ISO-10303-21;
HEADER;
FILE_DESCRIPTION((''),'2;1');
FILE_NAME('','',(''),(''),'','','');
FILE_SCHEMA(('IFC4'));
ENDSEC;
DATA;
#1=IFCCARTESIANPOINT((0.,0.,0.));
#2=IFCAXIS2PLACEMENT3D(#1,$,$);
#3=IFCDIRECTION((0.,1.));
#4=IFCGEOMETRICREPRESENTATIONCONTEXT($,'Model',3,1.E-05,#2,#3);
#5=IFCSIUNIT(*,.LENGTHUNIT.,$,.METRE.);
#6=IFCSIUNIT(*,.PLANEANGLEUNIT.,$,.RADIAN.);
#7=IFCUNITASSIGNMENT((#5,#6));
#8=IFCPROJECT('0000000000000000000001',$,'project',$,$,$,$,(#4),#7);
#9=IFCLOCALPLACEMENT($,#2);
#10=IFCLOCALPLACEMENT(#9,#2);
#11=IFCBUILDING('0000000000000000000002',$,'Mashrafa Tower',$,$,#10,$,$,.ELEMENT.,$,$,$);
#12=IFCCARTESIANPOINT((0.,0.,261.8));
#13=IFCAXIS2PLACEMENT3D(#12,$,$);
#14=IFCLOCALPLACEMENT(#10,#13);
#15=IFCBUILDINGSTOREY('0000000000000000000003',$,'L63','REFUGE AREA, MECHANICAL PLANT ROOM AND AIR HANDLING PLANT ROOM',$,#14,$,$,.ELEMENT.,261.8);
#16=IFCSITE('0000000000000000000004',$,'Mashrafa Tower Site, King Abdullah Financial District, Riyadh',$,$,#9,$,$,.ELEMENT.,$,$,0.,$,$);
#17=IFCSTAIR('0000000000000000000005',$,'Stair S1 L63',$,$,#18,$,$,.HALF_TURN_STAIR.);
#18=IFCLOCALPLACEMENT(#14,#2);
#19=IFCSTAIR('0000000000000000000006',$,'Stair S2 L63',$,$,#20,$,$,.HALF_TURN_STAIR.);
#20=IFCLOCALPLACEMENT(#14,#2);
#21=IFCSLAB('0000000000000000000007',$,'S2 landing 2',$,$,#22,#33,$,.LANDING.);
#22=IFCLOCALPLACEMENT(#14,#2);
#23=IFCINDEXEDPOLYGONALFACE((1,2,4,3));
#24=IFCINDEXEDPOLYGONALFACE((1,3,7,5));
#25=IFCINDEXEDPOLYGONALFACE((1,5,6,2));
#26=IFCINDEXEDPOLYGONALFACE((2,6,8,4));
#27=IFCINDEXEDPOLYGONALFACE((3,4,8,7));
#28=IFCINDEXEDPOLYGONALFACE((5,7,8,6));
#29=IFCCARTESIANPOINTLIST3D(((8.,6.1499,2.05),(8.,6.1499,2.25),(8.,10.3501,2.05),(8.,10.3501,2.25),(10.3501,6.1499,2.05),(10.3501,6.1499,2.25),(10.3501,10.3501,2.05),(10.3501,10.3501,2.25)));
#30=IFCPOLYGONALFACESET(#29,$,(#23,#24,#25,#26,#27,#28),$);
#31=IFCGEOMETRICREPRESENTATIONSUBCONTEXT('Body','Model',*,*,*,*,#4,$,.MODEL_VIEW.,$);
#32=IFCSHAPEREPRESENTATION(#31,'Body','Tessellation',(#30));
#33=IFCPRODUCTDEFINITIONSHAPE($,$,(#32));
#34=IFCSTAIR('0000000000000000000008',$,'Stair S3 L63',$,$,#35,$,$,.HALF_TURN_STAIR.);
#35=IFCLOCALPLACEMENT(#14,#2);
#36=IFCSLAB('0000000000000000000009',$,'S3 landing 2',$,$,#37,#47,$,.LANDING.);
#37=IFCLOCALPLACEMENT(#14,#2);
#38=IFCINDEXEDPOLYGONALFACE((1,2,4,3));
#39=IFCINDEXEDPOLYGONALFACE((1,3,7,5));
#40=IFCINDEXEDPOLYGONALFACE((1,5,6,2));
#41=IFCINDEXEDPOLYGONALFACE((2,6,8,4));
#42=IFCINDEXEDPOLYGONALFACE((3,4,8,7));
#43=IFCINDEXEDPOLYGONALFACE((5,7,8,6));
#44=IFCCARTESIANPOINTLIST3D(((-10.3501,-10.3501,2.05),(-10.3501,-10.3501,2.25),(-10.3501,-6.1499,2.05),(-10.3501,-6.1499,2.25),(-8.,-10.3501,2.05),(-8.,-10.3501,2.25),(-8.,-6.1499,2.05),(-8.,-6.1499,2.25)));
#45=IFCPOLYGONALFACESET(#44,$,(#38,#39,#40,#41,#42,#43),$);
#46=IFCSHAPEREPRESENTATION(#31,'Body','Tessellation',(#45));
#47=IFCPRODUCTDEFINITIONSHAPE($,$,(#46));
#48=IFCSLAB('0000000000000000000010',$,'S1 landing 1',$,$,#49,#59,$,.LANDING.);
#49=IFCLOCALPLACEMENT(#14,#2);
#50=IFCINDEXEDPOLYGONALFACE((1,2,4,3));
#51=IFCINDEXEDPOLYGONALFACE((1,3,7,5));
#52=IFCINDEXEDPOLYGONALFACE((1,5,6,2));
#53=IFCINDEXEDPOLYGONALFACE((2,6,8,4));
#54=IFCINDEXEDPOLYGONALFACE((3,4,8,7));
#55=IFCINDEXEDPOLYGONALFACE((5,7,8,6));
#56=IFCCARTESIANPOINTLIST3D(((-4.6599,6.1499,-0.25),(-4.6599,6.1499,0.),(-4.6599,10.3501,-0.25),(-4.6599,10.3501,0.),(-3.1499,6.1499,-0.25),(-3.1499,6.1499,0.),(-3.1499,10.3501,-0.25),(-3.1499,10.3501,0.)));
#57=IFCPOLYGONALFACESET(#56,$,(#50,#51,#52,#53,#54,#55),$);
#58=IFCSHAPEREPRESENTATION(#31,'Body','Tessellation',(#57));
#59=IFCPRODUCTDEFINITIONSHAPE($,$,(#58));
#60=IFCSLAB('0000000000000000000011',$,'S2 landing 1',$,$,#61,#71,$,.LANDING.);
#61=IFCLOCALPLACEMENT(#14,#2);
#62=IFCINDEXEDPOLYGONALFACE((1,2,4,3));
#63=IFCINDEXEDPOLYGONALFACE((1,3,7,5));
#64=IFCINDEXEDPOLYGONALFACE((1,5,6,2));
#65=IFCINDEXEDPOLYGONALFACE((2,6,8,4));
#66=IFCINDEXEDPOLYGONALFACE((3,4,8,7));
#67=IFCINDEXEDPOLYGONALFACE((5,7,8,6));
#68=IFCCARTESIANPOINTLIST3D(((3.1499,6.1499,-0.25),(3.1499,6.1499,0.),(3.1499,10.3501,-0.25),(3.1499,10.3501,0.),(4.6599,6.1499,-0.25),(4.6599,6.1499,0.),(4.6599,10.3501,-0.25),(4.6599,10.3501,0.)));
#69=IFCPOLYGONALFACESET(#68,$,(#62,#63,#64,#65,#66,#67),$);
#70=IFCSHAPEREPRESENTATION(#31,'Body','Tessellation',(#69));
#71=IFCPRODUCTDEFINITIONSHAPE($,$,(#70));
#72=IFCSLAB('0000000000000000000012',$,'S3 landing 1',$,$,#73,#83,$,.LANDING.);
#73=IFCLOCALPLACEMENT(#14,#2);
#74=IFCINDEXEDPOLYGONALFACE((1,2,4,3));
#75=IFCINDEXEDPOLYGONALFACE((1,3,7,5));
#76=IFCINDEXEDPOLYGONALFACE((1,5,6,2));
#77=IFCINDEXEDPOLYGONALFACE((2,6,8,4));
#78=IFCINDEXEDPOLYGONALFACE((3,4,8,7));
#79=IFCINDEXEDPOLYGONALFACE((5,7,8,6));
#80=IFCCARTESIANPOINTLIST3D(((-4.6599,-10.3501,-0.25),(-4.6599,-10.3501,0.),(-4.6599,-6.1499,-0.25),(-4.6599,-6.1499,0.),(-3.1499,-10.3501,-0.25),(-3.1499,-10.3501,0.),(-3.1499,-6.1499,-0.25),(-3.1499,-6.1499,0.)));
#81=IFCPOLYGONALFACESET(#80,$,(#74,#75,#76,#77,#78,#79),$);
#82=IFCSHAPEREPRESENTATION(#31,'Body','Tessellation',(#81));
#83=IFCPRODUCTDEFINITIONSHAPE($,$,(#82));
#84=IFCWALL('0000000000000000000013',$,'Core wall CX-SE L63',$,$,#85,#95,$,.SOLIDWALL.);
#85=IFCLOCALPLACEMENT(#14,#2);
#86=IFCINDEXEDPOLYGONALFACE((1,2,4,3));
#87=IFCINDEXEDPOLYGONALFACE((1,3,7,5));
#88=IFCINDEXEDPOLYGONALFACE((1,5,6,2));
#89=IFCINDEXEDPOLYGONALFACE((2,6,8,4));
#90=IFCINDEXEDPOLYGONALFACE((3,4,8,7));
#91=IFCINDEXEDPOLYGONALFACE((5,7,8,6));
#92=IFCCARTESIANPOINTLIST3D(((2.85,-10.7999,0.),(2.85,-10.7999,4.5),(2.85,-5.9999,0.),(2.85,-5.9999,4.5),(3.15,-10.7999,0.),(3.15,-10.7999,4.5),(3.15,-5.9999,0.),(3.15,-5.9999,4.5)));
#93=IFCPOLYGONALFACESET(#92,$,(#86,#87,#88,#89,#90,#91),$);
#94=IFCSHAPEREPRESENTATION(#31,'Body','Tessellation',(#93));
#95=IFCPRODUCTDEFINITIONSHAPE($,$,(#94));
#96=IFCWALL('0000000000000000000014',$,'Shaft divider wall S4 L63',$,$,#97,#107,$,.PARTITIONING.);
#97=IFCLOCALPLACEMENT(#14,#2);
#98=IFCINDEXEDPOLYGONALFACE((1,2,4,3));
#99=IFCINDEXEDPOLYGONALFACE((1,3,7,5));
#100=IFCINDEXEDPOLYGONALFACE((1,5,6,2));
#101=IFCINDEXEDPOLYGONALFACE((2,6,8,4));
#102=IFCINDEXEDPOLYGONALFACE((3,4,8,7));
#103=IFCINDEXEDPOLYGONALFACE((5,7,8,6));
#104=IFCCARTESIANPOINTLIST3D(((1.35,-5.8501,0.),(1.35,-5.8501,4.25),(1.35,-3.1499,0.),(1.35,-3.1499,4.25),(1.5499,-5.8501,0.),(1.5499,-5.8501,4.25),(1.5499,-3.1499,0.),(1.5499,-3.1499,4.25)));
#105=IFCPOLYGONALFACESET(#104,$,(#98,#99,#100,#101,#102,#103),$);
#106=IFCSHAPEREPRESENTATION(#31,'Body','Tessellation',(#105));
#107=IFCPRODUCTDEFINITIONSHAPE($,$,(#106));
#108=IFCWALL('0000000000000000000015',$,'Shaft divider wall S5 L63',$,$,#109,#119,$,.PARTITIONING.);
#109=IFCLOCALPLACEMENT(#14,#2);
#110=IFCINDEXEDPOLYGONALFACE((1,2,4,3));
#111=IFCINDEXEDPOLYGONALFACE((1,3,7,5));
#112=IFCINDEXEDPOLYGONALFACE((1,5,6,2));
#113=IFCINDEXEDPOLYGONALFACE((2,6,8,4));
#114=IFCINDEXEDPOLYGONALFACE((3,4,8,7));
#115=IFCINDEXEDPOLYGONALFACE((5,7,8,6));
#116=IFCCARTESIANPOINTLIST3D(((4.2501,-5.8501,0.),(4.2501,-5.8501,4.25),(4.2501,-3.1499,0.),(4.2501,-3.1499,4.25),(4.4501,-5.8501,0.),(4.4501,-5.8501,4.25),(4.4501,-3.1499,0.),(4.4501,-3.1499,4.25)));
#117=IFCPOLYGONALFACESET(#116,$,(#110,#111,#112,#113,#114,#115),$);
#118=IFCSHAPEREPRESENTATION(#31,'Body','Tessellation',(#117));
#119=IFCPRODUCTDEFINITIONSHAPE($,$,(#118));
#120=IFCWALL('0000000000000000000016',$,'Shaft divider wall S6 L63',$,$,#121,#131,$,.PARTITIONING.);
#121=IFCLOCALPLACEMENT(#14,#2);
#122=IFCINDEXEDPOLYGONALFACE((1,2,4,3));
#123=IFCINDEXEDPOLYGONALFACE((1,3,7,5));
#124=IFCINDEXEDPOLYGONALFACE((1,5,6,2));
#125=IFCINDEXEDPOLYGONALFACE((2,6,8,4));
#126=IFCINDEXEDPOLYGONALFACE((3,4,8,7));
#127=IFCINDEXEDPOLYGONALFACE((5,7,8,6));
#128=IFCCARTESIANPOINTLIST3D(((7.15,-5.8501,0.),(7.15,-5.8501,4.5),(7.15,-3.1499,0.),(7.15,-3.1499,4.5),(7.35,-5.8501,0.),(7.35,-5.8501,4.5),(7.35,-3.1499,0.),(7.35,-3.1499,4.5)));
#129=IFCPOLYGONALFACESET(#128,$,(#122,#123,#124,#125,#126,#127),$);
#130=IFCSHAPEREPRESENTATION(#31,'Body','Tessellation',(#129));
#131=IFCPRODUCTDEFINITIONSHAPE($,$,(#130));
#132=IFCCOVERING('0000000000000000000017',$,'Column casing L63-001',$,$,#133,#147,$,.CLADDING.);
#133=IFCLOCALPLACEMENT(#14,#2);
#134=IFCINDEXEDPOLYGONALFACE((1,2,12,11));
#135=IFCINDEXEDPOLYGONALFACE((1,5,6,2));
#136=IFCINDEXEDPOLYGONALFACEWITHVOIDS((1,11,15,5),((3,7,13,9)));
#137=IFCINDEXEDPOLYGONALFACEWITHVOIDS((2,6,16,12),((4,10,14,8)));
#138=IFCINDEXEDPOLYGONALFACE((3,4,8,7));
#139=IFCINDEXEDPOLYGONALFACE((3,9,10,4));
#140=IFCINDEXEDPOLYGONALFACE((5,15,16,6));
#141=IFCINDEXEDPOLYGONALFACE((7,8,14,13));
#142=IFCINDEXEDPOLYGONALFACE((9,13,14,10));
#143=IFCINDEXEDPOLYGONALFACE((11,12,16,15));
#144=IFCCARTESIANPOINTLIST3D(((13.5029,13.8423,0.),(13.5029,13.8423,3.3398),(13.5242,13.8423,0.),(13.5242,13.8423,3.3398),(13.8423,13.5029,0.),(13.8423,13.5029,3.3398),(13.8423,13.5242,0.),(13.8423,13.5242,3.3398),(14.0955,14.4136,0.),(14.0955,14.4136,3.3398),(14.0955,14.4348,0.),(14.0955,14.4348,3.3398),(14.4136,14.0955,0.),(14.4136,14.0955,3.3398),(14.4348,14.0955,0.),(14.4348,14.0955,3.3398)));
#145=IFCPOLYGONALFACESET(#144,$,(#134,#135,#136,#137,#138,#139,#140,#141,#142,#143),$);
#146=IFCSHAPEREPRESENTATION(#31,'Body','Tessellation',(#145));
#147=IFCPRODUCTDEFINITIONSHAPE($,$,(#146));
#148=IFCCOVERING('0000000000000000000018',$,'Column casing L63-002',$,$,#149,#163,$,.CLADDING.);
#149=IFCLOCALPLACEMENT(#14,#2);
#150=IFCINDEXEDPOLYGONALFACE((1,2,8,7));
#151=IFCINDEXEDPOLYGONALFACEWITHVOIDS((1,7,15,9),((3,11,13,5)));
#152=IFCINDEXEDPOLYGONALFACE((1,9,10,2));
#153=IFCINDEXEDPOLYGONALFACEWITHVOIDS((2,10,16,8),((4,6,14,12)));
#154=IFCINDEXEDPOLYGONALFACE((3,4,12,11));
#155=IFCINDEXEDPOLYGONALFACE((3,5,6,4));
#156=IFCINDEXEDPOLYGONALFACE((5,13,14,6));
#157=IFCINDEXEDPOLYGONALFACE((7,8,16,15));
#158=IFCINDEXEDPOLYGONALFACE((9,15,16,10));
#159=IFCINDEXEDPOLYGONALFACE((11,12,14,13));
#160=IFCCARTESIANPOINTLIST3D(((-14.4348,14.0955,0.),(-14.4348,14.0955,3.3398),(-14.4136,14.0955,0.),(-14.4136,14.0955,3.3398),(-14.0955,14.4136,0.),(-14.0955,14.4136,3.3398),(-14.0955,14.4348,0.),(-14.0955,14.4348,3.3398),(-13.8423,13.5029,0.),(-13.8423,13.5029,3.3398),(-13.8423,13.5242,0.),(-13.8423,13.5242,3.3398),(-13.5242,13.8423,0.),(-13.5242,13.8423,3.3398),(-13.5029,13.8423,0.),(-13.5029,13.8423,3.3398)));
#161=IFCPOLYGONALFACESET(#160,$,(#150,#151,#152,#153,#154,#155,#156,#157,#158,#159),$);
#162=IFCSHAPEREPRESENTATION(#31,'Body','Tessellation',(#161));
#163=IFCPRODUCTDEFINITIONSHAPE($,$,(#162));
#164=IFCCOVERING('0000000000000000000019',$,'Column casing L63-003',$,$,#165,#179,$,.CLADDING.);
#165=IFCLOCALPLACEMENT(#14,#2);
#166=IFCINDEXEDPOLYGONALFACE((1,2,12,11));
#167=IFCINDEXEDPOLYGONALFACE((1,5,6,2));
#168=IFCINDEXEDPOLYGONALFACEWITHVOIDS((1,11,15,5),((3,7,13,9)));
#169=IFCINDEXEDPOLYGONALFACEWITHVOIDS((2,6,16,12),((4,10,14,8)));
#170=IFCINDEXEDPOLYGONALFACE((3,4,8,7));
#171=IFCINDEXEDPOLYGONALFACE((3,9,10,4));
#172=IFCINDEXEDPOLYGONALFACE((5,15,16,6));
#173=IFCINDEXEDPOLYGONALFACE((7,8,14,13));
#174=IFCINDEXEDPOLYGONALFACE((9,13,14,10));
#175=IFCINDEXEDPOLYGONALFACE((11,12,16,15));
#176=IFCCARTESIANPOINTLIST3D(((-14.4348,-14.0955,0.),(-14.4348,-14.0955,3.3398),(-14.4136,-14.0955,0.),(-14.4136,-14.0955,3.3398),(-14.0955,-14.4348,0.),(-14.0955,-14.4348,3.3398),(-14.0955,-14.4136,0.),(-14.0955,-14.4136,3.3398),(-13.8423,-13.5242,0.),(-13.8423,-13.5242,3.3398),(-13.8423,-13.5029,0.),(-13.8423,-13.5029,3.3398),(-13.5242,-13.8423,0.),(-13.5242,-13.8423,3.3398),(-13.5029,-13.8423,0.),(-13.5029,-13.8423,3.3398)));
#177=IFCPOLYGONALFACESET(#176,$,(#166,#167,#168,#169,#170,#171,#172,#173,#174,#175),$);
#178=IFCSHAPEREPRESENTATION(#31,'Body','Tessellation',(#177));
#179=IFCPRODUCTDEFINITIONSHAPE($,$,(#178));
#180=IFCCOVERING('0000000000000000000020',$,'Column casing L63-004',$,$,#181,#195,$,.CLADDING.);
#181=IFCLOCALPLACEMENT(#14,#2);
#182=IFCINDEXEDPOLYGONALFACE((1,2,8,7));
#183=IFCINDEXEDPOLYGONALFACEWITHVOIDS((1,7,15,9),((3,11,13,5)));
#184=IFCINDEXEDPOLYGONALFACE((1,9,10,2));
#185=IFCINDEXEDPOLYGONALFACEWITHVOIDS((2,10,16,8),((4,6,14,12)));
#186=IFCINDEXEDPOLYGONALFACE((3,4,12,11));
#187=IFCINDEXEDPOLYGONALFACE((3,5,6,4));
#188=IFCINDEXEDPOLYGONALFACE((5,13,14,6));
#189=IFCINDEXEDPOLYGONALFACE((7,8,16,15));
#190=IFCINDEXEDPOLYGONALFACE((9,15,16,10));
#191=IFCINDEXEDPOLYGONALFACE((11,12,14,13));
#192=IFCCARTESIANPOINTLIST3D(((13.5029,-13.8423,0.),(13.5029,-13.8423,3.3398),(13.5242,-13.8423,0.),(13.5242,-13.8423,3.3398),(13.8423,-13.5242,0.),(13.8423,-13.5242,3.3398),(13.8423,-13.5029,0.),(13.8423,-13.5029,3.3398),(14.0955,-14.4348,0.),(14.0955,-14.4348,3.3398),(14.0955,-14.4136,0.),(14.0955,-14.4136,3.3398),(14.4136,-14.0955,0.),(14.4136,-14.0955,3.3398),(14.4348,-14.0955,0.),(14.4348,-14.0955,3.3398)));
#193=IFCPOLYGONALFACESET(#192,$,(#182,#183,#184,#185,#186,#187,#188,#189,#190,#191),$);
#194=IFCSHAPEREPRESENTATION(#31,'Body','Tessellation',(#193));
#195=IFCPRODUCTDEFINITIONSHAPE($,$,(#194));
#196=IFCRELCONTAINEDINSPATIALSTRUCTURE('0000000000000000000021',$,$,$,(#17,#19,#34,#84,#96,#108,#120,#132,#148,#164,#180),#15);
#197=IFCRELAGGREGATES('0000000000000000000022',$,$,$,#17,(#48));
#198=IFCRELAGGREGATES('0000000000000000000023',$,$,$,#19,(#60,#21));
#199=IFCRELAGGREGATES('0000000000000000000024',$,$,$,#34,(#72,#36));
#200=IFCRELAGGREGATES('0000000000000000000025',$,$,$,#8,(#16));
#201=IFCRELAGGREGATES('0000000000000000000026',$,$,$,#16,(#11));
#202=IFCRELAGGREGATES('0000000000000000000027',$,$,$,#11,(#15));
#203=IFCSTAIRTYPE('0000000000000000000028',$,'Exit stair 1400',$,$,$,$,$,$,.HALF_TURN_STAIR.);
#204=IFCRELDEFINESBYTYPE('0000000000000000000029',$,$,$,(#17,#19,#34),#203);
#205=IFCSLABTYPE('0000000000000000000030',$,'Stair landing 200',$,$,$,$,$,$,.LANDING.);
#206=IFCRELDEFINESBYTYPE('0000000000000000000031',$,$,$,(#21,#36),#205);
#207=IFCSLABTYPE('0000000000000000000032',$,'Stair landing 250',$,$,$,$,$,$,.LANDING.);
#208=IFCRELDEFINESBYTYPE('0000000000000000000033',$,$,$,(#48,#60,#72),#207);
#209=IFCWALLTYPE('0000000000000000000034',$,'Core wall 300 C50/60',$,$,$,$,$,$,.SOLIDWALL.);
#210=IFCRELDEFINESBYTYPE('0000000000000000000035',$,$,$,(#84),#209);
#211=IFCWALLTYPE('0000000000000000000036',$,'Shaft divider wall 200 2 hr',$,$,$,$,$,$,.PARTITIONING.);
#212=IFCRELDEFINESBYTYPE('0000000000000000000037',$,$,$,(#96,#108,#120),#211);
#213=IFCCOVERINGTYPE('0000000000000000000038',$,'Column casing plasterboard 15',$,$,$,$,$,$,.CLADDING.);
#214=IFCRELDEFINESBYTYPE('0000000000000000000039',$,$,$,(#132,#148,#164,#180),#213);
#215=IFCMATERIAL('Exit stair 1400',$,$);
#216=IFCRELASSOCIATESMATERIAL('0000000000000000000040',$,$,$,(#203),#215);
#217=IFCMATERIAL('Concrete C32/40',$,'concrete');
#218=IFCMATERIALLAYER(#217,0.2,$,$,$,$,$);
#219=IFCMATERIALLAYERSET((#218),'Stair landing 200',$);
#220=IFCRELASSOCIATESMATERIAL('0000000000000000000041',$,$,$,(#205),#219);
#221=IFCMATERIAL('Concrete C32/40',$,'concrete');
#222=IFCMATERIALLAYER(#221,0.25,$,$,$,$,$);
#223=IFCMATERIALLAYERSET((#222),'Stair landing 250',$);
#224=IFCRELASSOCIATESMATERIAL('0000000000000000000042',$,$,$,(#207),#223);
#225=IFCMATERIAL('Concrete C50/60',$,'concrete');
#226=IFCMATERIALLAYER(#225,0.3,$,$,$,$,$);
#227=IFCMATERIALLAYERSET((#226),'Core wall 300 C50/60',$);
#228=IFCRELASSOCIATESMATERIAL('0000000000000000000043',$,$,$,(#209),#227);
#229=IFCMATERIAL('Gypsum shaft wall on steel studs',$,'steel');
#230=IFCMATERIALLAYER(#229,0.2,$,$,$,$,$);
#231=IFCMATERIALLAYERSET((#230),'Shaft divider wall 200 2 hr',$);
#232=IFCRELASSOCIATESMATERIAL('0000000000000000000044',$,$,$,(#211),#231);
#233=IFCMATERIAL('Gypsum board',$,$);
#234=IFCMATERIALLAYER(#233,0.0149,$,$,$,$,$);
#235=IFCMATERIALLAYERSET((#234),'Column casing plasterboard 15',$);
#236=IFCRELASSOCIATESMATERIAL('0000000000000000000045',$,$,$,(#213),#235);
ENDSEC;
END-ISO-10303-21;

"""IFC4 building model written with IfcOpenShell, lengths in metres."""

from ifc_helpers import new_model, si_unit, direction, frame, frame_2d, origin, place, context, subcontext, project, spatial, polyline, rectangle, outline, extrude, material, layer, layer_set, type_object, element, aggregate, save


model = new_model("IFC4")

# Units and contexts
model_context = context("Model", 3, precision=1e-05, world=origin(), true_north=direction((0.0, 1.0)))
body_context = subcontext(model_context, "Body", "Model", "MODEL_VIEW")
ifc_project = project(units=[si_unit("LENGTHUNIT", "METRE"), si_unit("PLANEANGLEUNIT", "RADIAN")], contexts=[model_context])

# Site, building, storey
site_placement = place(None, origin())
site = spatial("IfcSite", under=ifc_project, at=site_placement, Name="Mashrafa Tower Site, King Abdullah Financial District, Riyadh", CompositionType="ELEMENT", RefElevation=0.0)
building_placement = place(site_placement, origin())
building = spatial("IfcBuilding", under=site, at=building_placement, Name="Mashrafa Tower", CompositionType="ELEMENT")
storey_placement = place(building_placement, frame((0.0, 0.0, 261.8)))
storey = spatial("IfcBuildingStorey", under=building, at=storey_placement, Name="L63", Description="REFUGE AREA, MECHANICAL PLANT ROOM AND AIR HANDLING PLANT ROOM", CompositionType="ELEMENT", Elevation=261.8)

# Stairs, slabs
ifc_material_1 = material(Name="Exit stair 1400")
stair_type = type_object("IfcStairType", Name="Exit stair 1400", PredefinedType="HALF_TURN_STAIR", material=ifc_material_1)
stair_1_placement = place(storey_placement, origin())
stair_1 = element("IfcStair", 1, at=stair_1_placement, inside=storey, type_object=stair_type, Name="Stair S1 L63", PredefinedType="HALF_TURN_STAIR")
ifc_material_2 = material(Name="Concrete C32/40", Category="concrete")
ifc_layer_1 = layer(ifc_material_2, 0.2)
ifc_layer_set_1 = layer_set([ifc_layer_1], Name="Stair landing 200")
slab_type_1 = type_object("IfcSlabType", Name="Stair landing 200", PredefinedType="LANDING", material=ifc_layer_set_1)
stair_2_placement = place(storey_placement, origin())
stair_2 = element("IfcStair", 2, at=stair_2_placement, inside=storey, type_object=stair_type, Name="Stair S2 L63", PredefinedType="HALF_TURN_STAIR")
slab_1_placement = place(storey_placement, frame((0.0, 0.0, 2.05)))
slab_1 = element("IfcSlab", 3, at=slab_1_placement, type_object=slab_type_1, Name="S2 landing 2", PredefinedType="LANDING", context=body_context, shape_type="SweptSolid", body=[
    extrude(outline(polyline([(8.0, 6.1499), (10.3501, 6.1499), (10.3501, 10.3501), (8.0, 10.3501), (8.0, 6.1499)])), origin(), (0.0, 0.0, 1.0), 0.2),
])
stair_3_placement = place(storey_placement, origin())
stair_3 = element("IfcStair", 4, at=stair_3_placement, inside=storey, type_object=stair_type, Name="Stair S3 L63", PredefinedType="HALF_TURN_STAIR")
slab_2_placement = place(storey_placement, frame((0.0, 0.0, 2.05)))
slab_2 = element("IfcSlab", 5, at=slab_2_placement, type_object=slab_type_1, Name="S3 landing 2", PredefinedType="LANDING", context=body_context, shape_type="SweptSolid", body=[
    extrude(outline(polyline([(-10.3501, -10.3501), (-8.0, -10.3501), (-8.0, -6.1499), (-10.3501, -6.1499), (-10.3501, -10.3501)])), origin(), (0.0, 0.0, 1.0), 0.2),
])

# Slabs
ifc_material_3 = material(Name="Concrete C32/40", Category="concrete")
ifc_layer_2 = layer(ifc_material_3, 0.25)
ifc_layer_set_2 = layer_set([ifc_layer_2], Name="Stair landing 250")
slab_type_2 = type_object("IfcSlabType", Name="Stair landing 250", PredefinedType="LANDING", material=ifc_layer_set_2)
slab_3_placement = place(storey_placement, frame((0.0, 0.0, -0.25)))
slab_3 = element("IfcSlab", 6, at=slab_3_placement, type_object=slab_type_2, Name="S1 landing 1", PredefinedType="LANDING", context=body_context, shape_type="SweptSolid", body=[
    extrude(outline(polyline([(-4.6599, 6.1499), (-3.1499, 6.1499), (-3.1499, 10.3501), (-4.6599, 10.3501), (-4.6599, 6.1499)])), origin(), (0.0, 0.0, 1.0), 0.25),
])
aggregate(stair_1, [slab_3])
slab_4_placement = place(storey_placement, frame((0.0, 0.0, -0.25)))
slab_4 = element("IfcSlab", 7, at=slab_4_placement, type_object=slab_type_2, Name="S2 landing 1", PredefinedType="LANDING", context=body_context, shape_type="SweptSolid", body=[
    extrude(outline(polyline([(3.1499, 6.1499), (4.6599, 6.1499), (4.6599, 10.3501), (3.1499, 10.3501), (3.1499, 6.1499)])), origin(), (0.0, 0.0, 1.0), 0.25),
])
aggregate(stair_2, [slab_4, slab_1])
slab_5_placement = place(storey_placement, frame((0.0, 0.0, -0.25)))
slab_5 = element("IfcSlab", 8, at=slab_5_placement, type_object=slab_type_2, Name="S3 landing 1", PredefinedType="LANDING", context=body_context, shape_type="SweptSolid", body=[
    extrude(outline(polyline([(-4.6599, -10.3501), (-3.1499, -10.3501), (-3.1499, -6.1499), (-4.6599, -6.1499), (-4.6599, -10.3501)])), origin(), (0.0, 0.0, 1.0), 0.25),
])
aggregate(stair_3, [slab_5, slab_2])

# Walls
ifc_material_4 = material(Name="Concrete C50/60", Category="concrete")
ifc_layer_3 = layer(ifc_material_4, 0.3)
ifc_layer_set_3 = layer_set([ifc_layer_3], Name="Core wall 300 C50/60")
wall_type_1 = type_object("IfcWallType", Name="Core wall 300 C50/60", PredefinedType="SOLIDWALL", material=ifc_layer_set_3)
wall_1_placement = place(storey_placement, frame((3.0, -6.0, 0.0), z_axis=(0.0, 0.0, 1.0), x_axis=(0.0, -1.0, 0.0)))
element("IfcWall", 9, at=wall_1_placement, inside=storey, type_object=wall_type_1, Name="Core wall CX-SE L63", PredefinedType="SOLIDWALL", context=body_context, shape_type="SweptSolid", body=[
    extrude(rectangle(XDim=4.8, YDim=0.3, at=frame_2d((2.3999, 0.0))), origin(), (0.0, 0.0, 1.0), 4.5),
])
ifc_material_5 = material(Name="Gypsum shaft wall on steel studs", Category="steel")
ifc_layer_4 = layer(ifc_material_5, 0.2)
ifc_layer_set_4 = layer_set([ifc_layer_4], Name="Shaft divider wall 200 2 hr")
wall_type_2 = type_object("IfcWallType", Name="Shaft divider wall 200 2 hr", PredefinedType="PARTITIONING", material=ifc_layer_set_4)
for number, where, z_axis, x_axis, name in (
    (10, (1.45, -5.8501, 0.0), (0.0, 0.0, 1.0), (0.0, 1.0, 0.0), "Shaft divider wall S4 L63"),
    (11, (4.3501, -5.8501, 0.0), (0.0, 0.0, 1.0), (0.0, 1.0, 0.0), "Shaft divider wall S5 L63"),
):
    element("IfcWall", number, at=place(storey_placement, frame(where, z_axis=z_axis, x_axis=x_axis)), inside=storey, type_object=wall_type_2, Name=name, PredefinedType="PARTITIONING", context=body_context, shape_type="SweptSolid", body=[
        extrude(rectangle(XDim=2.7002, YDim=0.2, at=frame_2d((1.3501, 0.0))), origin(), (0.0, 0.0, 1.0), 4.25),
    ])
wall_2_placement = place(storey_placement, frame((7.25, -5.8501, 0.0), z_axis=(0.0, 0.0, 1.0), x_axis=(0.0, 1.0, 0.0)))
element("IfcWall", 12, at=wall_2_placement, inside=storey, type_object=wall_type_2, Name="Shaft divider wall S6 L63", PredefinedType="PARTITIONING", context=body_context, shape_type="SweptSolid", body=[
    extrude(rectangle(XDim=2.7002, YDim=0.2, at=frame_2d((1.3501, 0.0))), origin(), (0.0, 0.0, 1.0), 4.5),
])

# Coverings
ifc_material_6 = material(Name="Gypsum board")
ifc_layer_5 = layer(ifc_material_6, 0.0149)
ifc_layer_set_5 = layer_set([ifc_layer_5], Name="Column casing plasterboard 15")
covering_type = type_object("IfcCoveringType", Name="Column casing plasterboard 15", PredefinedType="CLADDING", material=ifc_layer_set_5)
covering_1_placement = place(storey_placement, origin())
element("IfcCovering", 13, at=covering_1_placement, inside=storey, type_object=covering_type, Name="Column casing L63-001", PredefinedType="CLADDING", context=body_context, shape_type="SweptSolid", body=[
    extrude(outline(polyline([(13.5029, 13.8423), (14.0955, 14.4348), (14.4348, 14.0955), (13.8423, 13.5029), (13.5029, 13.8423)]), holes=[polyline([(14.4136, 14.0955), (14.0955, 14.4136), (13.5242, 13.8423), (13.8423, 13.5242), (14.4136, 14.0955)])]), origin(), (0.0, 0.0, 1.0), 3.3398),
])
covering_2_placement = place(storey_placement, origin())
element("IfcCovering", 14, at=covering_2_placement, inside=storey, type_object=covering_type, Name="Column casing L63-002", PredefinedType="CLADDING", context=body_context, shape_type="SweptSolid", body=[
    extrude(outline(polyline([(-14.4348, 14.0955), (-14.0955, 14.4348), (-13.5029, 13.8423), (-13.8423, 13.5029), (-14.4348, 14.0955)]), holes=[polyline([(-13.5242, 13.8423), (-14.0955, 14.4136), (-14.4136, 14.0955), (-13.8423, 13.5242), (-13.5242, 13.8423)])]), origin(), (0.0, 0.0, 1.0), 3.3398),
])
covering_3_placement = place(storey_placement, origin())
element("IfcCovering", 15, at=covering_3_placement, inside=storey, type_object=covering_type, Name="Column casing L63-003", PredefinedType="CLADDING", context=body_context, shape_type="SweptSolid", body=[
    extrude(outline(polyline([(-14.4348, -14.0955), (-13.8423, -13.5029), (-13.5029, -13.8423), (-14.0955, -14.4348), (-14.4348, -14.0955)]), holes=[polyline([(-13.5242, -13.8423), (-13.8423, -13.5242), (-14.4136, -14.0955), (-14.0955, -14.4136), (-13.5242, -13.8423)])]), origin(), (0.0, 0.0, 1.0), 3.3398),
])
covering_4_placement = place(storey_placement, origin())
element("IfcCovering", 16, at=covering_4_placement, inside=storey, type_object=covering_type, Name="Column casing L63-004", PredefinedType="CLADDING", context=body_context, shape_type="SweptSolid", body=[
    extrude(outline(polyline([(13.5029, -13.8423), (13.8423, -13.5029), (14.4348, -14.0955), (14.0955, -14.4348), (13.5029, -13.8423)]), holes=[polyline([(14.4136, -14.0955), (13.8423, -13.5242), (13.5242, -13.8423), (14.0955, -14.4136), (14.4136, -14.0955)])]), origin(), (0.0, 0.0, 1.0), 3.3398),
])

save(model, "model.ifc")
